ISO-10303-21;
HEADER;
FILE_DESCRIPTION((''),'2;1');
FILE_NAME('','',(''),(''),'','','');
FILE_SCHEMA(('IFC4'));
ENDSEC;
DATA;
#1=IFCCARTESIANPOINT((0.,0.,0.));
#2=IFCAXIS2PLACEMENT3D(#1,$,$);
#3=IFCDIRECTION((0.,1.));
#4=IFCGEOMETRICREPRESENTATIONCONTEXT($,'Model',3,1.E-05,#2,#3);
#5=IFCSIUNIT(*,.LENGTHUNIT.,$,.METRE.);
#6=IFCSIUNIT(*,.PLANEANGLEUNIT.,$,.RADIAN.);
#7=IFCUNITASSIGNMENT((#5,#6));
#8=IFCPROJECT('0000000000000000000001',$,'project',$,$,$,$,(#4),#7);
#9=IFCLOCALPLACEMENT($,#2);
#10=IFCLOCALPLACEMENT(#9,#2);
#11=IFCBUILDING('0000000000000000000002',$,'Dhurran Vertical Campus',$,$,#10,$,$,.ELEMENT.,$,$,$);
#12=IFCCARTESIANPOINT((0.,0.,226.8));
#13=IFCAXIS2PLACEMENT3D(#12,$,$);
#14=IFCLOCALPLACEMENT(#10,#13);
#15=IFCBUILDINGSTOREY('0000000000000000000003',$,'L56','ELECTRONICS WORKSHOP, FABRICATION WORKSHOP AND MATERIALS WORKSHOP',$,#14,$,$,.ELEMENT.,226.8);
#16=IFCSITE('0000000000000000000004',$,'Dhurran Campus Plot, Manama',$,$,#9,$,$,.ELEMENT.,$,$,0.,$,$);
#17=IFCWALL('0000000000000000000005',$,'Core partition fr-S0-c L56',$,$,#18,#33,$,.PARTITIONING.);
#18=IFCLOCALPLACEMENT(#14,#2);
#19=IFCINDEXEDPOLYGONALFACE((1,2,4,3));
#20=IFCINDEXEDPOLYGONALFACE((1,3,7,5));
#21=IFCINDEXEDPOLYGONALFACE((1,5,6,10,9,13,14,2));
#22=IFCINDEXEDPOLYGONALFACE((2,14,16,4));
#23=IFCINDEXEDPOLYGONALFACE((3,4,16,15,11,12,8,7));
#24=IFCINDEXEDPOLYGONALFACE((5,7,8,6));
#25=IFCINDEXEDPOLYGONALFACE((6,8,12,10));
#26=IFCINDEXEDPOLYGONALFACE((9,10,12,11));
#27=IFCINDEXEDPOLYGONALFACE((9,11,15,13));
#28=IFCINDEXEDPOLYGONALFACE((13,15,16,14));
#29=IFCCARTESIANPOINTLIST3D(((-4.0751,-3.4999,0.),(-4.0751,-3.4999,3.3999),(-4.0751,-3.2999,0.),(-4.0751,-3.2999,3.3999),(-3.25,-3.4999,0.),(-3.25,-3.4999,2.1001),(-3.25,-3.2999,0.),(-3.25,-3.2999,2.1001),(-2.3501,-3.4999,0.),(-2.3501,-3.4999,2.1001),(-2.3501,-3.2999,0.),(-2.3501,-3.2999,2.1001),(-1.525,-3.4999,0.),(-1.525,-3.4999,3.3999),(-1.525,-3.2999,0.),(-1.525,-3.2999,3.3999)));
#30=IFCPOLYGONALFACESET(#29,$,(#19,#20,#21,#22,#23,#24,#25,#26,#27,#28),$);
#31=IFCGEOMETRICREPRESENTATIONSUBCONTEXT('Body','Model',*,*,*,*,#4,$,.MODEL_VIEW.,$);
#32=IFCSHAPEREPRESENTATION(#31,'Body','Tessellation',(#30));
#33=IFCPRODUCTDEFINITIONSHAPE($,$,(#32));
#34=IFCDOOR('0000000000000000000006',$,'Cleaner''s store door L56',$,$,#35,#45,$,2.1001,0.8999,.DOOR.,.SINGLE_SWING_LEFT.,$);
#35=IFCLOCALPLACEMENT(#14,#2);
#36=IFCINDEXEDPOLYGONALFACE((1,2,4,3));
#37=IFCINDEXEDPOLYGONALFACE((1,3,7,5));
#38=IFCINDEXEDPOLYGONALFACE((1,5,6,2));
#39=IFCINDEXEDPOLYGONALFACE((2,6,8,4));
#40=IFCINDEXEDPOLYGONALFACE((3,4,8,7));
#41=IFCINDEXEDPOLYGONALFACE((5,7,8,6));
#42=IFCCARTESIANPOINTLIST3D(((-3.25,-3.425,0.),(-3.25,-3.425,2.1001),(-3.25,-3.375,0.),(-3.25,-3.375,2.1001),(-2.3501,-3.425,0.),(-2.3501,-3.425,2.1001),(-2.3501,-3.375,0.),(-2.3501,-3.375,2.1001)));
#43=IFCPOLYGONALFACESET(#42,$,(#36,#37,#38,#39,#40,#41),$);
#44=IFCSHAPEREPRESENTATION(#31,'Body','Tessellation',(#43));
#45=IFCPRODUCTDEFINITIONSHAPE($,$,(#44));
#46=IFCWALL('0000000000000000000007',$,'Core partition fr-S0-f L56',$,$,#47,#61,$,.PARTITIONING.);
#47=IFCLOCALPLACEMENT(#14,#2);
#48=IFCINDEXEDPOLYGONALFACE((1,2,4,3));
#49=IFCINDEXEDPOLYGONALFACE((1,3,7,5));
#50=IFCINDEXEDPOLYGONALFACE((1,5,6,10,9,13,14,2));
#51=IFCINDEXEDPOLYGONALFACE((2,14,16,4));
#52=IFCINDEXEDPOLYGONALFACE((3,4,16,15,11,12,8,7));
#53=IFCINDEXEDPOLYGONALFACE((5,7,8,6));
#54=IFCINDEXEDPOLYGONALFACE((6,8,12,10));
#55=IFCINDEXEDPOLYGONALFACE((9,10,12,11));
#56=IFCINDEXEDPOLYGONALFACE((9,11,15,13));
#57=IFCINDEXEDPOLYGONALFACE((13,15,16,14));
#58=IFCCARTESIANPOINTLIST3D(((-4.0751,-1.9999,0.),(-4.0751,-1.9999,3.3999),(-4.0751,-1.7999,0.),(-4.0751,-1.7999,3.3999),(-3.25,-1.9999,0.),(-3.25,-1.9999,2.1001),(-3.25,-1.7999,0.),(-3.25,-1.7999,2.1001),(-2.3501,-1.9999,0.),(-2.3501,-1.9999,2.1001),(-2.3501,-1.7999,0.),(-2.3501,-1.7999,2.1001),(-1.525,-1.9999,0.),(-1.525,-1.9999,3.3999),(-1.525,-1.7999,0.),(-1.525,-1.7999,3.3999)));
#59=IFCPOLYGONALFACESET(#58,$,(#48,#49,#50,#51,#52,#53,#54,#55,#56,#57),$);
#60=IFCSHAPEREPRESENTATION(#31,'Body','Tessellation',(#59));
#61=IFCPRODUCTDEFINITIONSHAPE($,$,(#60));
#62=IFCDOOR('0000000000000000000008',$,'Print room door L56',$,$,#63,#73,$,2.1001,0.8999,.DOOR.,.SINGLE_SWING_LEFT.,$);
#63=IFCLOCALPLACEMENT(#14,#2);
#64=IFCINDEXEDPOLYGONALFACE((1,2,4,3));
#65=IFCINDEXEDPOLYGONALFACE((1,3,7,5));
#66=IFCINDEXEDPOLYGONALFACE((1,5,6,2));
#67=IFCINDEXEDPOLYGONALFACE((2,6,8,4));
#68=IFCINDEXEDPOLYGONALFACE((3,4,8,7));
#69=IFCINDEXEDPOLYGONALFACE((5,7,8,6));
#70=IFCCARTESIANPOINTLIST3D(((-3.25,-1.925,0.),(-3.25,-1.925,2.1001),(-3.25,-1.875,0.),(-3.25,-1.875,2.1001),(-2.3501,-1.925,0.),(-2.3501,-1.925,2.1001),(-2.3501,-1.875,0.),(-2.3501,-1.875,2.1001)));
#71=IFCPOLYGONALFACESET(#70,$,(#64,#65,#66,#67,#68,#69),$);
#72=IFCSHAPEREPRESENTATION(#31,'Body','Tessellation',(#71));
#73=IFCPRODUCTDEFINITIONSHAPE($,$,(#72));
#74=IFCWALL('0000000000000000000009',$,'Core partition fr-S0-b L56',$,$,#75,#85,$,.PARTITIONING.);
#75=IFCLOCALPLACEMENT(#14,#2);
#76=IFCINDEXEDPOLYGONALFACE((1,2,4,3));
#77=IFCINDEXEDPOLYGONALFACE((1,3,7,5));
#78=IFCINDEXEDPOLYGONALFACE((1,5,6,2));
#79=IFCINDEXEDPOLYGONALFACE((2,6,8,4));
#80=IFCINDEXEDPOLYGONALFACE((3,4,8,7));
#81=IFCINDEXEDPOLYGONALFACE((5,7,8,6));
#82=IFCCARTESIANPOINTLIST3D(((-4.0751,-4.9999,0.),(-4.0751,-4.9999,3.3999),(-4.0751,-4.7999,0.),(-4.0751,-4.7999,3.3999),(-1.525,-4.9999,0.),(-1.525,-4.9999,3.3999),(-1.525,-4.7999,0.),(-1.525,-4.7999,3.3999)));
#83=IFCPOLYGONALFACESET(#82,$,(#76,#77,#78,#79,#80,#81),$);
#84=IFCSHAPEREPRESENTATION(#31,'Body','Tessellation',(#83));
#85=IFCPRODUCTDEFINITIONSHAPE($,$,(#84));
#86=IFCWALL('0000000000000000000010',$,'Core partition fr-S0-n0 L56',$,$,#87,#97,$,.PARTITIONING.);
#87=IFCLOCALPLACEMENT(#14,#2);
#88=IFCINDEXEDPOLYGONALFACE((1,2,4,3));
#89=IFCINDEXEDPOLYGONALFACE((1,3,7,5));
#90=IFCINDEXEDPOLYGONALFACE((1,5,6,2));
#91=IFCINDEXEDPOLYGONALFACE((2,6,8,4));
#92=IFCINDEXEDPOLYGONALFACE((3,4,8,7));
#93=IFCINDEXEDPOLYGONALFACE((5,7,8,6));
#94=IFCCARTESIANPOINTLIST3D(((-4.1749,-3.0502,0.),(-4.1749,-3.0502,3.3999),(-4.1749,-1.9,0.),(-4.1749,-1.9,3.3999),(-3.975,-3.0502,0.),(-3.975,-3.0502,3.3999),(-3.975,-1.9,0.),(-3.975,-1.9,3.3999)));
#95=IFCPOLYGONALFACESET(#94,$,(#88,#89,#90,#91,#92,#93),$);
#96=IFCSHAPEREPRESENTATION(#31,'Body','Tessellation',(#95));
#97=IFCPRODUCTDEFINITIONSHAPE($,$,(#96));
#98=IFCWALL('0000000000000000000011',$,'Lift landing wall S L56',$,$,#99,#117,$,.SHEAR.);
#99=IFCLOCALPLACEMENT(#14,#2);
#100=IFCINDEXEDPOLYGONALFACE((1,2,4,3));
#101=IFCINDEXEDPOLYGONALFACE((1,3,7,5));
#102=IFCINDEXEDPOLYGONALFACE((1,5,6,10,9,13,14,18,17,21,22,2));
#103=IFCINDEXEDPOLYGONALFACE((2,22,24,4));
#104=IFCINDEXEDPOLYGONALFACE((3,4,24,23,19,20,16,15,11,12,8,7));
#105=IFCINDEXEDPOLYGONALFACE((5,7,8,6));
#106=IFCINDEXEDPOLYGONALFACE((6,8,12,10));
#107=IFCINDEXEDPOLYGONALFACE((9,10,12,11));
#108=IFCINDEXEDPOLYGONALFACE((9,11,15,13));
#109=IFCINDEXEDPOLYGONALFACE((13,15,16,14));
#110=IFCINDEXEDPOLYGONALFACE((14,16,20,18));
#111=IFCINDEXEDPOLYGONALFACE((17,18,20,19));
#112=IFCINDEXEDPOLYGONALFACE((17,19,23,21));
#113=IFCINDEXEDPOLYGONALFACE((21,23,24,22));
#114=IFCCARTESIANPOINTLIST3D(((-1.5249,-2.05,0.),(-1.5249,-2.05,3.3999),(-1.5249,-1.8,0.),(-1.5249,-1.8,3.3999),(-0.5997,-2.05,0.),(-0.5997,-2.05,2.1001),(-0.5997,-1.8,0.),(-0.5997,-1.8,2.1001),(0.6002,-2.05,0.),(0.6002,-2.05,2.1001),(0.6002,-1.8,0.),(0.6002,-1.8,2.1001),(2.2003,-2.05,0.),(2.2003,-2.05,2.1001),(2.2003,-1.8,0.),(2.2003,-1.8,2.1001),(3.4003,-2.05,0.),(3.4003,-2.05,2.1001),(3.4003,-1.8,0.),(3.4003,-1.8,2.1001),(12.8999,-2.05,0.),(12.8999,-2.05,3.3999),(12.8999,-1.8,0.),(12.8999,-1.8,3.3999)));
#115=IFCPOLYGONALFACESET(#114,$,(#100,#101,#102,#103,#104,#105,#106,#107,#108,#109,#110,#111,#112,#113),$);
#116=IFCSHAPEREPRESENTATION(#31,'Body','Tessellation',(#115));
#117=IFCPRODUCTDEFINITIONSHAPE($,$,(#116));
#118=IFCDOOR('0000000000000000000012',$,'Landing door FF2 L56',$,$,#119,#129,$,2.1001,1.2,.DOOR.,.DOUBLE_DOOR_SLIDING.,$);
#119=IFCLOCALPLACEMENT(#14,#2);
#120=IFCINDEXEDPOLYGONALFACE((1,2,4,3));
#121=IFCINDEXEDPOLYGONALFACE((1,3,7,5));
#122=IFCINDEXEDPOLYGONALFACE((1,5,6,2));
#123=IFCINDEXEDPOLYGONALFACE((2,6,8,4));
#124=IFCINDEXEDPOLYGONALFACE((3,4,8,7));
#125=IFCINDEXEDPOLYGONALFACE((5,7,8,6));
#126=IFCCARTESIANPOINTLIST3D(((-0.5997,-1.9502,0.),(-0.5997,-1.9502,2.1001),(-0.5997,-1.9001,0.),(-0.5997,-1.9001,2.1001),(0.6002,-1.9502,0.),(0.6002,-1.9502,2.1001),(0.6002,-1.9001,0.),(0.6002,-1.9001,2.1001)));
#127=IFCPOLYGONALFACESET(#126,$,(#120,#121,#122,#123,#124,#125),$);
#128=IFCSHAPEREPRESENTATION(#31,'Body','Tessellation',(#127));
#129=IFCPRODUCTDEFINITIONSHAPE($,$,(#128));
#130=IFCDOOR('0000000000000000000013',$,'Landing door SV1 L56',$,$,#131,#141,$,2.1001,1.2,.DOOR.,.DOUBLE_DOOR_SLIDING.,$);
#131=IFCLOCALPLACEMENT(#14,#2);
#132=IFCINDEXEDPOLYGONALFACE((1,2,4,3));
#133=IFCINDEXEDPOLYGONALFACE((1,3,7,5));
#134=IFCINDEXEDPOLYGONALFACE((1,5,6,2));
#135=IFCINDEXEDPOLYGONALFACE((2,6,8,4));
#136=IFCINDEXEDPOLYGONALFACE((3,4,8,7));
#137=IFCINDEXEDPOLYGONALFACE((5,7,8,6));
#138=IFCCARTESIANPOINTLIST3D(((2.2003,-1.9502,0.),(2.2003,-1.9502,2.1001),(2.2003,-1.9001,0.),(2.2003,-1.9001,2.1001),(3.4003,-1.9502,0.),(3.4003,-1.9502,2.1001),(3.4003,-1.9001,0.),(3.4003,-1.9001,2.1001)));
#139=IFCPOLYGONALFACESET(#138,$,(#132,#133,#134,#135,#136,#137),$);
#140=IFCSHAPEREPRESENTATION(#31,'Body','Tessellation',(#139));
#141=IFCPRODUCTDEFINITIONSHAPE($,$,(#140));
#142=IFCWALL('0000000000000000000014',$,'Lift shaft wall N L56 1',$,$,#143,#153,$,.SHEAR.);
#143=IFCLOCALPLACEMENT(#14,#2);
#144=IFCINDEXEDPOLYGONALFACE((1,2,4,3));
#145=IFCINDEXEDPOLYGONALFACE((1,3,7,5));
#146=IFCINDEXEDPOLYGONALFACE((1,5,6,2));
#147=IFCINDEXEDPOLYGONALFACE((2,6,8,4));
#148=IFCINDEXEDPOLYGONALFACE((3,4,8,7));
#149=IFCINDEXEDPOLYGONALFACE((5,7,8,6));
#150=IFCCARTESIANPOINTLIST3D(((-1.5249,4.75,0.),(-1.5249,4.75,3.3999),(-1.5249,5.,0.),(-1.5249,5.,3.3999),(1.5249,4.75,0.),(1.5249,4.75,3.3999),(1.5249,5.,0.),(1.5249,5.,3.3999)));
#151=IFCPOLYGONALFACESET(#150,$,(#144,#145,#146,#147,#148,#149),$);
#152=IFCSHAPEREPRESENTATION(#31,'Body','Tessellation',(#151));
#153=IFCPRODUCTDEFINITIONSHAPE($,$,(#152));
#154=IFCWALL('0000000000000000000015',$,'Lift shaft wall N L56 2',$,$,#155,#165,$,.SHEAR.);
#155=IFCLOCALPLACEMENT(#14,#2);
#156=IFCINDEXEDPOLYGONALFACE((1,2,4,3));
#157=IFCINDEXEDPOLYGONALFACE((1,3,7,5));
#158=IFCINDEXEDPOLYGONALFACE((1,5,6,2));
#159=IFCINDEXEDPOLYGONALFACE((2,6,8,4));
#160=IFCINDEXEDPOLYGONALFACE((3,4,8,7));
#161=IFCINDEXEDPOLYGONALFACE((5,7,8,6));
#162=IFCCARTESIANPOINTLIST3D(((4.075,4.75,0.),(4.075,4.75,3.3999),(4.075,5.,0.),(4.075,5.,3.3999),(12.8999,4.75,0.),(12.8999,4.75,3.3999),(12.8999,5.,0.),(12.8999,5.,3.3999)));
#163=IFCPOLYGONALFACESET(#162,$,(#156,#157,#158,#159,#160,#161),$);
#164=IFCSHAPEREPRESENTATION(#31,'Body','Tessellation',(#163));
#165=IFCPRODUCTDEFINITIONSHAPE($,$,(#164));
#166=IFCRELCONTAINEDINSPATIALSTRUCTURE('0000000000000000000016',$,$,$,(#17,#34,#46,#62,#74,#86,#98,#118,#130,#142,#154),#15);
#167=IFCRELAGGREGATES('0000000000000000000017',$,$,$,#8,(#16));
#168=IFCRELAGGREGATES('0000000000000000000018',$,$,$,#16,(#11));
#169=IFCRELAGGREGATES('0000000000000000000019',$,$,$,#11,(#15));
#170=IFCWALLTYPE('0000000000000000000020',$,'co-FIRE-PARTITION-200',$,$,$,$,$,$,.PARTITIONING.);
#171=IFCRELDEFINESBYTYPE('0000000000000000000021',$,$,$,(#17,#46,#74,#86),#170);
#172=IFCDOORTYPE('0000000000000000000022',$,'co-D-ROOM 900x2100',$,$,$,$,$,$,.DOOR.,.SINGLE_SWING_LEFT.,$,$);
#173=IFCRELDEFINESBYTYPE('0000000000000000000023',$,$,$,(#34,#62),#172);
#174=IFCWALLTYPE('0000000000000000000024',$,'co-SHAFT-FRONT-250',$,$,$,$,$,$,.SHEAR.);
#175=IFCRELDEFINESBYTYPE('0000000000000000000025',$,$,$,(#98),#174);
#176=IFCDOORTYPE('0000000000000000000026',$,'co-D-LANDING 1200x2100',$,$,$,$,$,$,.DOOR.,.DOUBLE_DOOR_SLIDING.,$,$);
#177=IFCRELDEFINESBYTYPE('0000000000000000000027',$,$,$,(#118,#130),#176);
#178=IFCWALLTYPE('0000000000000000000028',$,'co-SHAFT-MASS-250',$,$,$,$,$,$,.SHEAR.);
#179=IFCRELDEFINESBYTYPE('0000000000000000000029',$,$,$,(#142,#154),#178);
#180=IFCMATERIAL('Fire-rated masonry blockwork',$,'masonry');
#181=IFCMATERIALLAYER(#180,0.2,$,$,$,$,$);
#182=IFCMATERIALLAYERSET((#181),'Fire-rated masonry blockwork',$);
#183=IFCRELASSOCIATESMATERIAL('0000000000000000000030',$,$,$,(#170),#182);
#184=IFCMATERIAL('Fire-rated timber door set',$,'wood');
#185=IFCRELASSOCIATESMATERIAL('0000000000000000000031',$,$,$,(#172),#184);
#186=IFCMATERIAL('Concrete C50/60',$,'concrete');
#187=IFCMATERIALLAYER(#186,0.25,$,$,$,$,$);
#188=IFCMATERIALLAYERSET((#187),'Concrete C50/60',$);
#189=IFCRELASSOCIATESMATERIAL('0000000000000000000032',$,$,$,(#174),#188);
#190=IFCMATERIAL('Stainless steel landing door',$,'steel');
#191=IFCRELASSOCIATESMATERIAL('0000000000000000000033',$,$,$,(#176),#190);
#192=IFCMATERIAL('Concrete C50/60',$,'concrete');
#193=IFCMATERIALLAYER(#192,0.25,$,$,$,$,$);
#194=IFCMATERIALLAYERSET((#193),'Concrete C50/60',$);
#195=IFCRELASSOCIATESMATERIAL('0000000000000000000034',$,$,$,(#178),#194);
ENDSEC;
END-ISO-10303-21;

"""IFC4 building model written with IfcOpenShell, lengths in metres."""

from ifc_helpers import new_model, si_unit, direction, frame, frame_2d, origin, place, context, subcontext, project, spatial, polyline, rectangle, outline, extrude, material, layer, layer_set, type_object, element, fill, save


model = new_model("IFC4")

# Units and contexts
model_context = context("Model", 3, precision=1e-05, world=origin(), true_north=direction((0.0, 1.0)))
body_context = subcontext(model_context, "Body", "Model", "MODEL_VIEW")
ifc_project = project(units=[si_unit("LENGTHUNIT", "METRE"), si_unit("PLANEANGLEUNIT", "RADIAN")], contexts=[model_context])

# Site, building, storey
site_placement = place(None, origin())
site = spatial("IfcSite", under=ifc_project, at=site_placement, Name="Dhurran Campus Plot, Manama", CompositionType="ELEMENT", RefElevation=0.0)
building_placement = place(site_placement, origin())
building = spatial("IfcBuilding", under=site, at=building_placement, Name="Dhurran Vertical Campus", CompositionType="ELEMENT")
storey_placement = place(building_placement, frame((0.0, 0.0, 226.8)))
storey = spatial("IfcBuildingStorey", under=building, at=storey_placement, Name="L56", Description="ELECTRONICS WORKSHOP, FABRICATION WORKSHOP AND MATERIALS WORKSHOP", CompositionType="ELEMENT", Elevation=226.8)

# Shared definitions
ifc_material_1 = material(Name="Fire-rated masonry blockwork", Category="masonry")
ifc_layer_1 = layer(ifc_material_1, 0.2)
ifc_layer_set_1 = layer_set([ifc_layer_1], Name="Fire-rated masonry blockwork")
wall_type_1 = type_object("IfcWallType", Name="co-FIRE-PARTITION-200", PredefinedType="PARTITIONING", material=ifc_layer_set_1)

# Walls, openings, doors
wall_1_placement = place(storey_placement, frame((-4.075, -3.3999, 0.0), z_axis=(0.0, 0.0, 1.0), x_axis=(1.0, 0.0, 0.0)))
wall_1 = element("IfcWall", 1, at=wall_1_placement, inside=storey, type_object=wall_type_1, Name="Core partition fr-S0-c L56", PredefinedType="PARTITIONING", context=body_context, shape_type="SweptSolid", body=[
    extrude(rectangle(XDim=2.55, YDim=0.2, at=frame_2d((1.2749, 0.0))), origin(), (0.0, 0.0, 1.0), 3.3999),
])
opening_1_placement = place(wall_1_placement, frame((0.825, 0.0, 0.0)))
opening_1 = element("IfcOpeningElement", 2, at=opening_1_placement, cuts=wall_1, PredefinedType="OPENING", context=body_context, shape_type="SweptSolid", body=[
    extrude(rectangle(XDim=0.8999, YDim=2.1001, at=frame_2d((0.45, 1.05))), frame((0.0, 0.1099, 0.0), z_axis=(0.0, -1.0, 0.0), x_axis=(1.0, 0.0, 0.0)), (0.0, 0.0, 1.0), 0.22),
])
ifc_material_2 = material(Name="Fire-rated timber door set", Category="wood")
door_type_1 = type_object("IfcDoorType", Name="co-D-ROOM 900x2100", OperationType="SINGLE_SWING_LEFT", PredefinedType="DOOR", material=ifc_material_2)
door_1_placement = place(opening_1_placement, origin())
door_1 = element("IfcDoor", 3, at=door_1_placement, inside=storey, type_object=door_type_1, Name="Cleaner's store door L56", OperationType="SINGLE_SWING_LEFT", OverallHeight=2.1001, OverallWidth=0.8999, PredefinedType="DOOR", context=body_context, shape_type="SweptSolid", body=[
    extrude(rectangle(XDim=0.8999, YDim=2.1001, at=frame_2d((0.45, 1.05))), frame((0.0, 0.0249, 0.0), z_axis=(0.0, -1.0, 0.0), x_axis=(1.0, 0.0, 0.0)), (0.0, 0.0, 1.0), 0.05),
])
fill(opening_1, door_1)
wall_2_placement = place(storey_placement, frame((-4.075, -1.8999, 0.0), z_axis=(0.0, 0.0, 1.0), x_axis=(1.0, 0.0, 0.0)))
wall_2 = element("IfcWall", 4, at=wall_2_placement, inside=storey, type_object=wall_type_1, Name="Core partition fr-S0-f L56", PredefinedType="PARTITIONING", context=body_context, shape_type="SweptSolid", body=[
    extrude(rectangle(XDim=2.55, YDim=0.2, at=frame_2d((1.2749, 0.0))), origin(), (0.0, 0.0, 1.0), 3.3999),
])
opening_2_placement = place(wall_2_placement, frame((0.825, 0.0, 0.0)))
opening_2 = element("IfcOpeningElement", 5, at=opening_2_placement, cuts=wall_2, PredefinedType="OPENING", context=body_context, shape_type="SweptSolid", body=[
    extrude(rectangle(XDim=0.8999, YDim=2.1001, at=frame_2d((0.45, 1.05))), frame((0.0, 0.1099, 0.0), z_axis=(0.0, -1.0, 0.0), x_axis=(1.0, 0.0, 0.0)), (0.0, 0.0, 1.0), 0.22),
])
door_2_placement = place(opening_2_placement, origin())
door_2 = element("IfcDoor", 6, at=door_2_placement, inside=storey, type_object=door_type_1, Name="Print room door L56", OperationType="SINGLE_SWING_LEFT", OverallHeight=2.1001, OverallWidth=0.8999, PredefinedType="DOOR", context=body_context, shape_type="SweptSolid", body=[
    extrude(rectangle(XDim=0.8999, YDim=2.1001, at=frame_2d((0.45, 1.05))), frame((0.0, 0.0249, 0.0), z_axis=(0.0, -1.0, 0.0), x_axis=(1.0, 0.0, 0.0)), (0.0, 0.0, 1.0), 0.05),
])
fill(opening_2, door_2)

# Walls
wall_3_placement = place(storey_placement, frame((-4.075, -4.8999, 0.0), z_axis=(0.0, 0.0, 1.0), x_axis=(1.0, 0.0, 0.0)))
element("IfcWall", 7, at=wall_3_placement, inside=storey, type_object=wall_type_1, Name="Core partition fr-S0-b L56", PredefinedType="PARTITIONING", context=body_context, shape_type="SweptSolid", body=[
    extrude(rectangle(XDim=2.55, YDim=0.2, at=frame_2d((1.2749, 0.0))), origin(), (0.0, 0.0, 1.0), 3.3999),
])
wall_4_placement = place(storey_placement, frame((-4.075, -1.8999, 0.0), z_axis=(0.0, 0.0, 1.0), x_axis=(0.0, -1.0, 0.0)))
element("IfcWall", 8, at=wall_4_placement, inside=storey, type_object=wall_type_1, Name="Core partition fr-S0-n0 L56", PredefinedType="PARTITIONING", context=body_context, shape_type="SweptSolid", body=[
    extrude(rectangle(XDim=1.1501, YDim=0.2, at=frame_2d((0.5752, 0.0))), origin(), (0.0, 0.0, 1.0), 3.3999),
])

# Wall, openings, doors
ifc_material_3 = material(Name="Concrete C50/60", Category="concrete")
ifc_layer_2 = layer(ifc_material_3, 0.25)
ifc_layer_set_2 = layer_set([ifc_layer_2], Name="Concrete C50/60")
wall_type_2 = type_object("IfcWallType", Name="co-SHAFT-FRONT-250", PredefinedType="SHEAR", material=ifc_layer_set_2)
wall_5_placement = place(storey_placement, frame((-1.5249, -1.925, 0.0), z_axis=(0.0, 0.0, 1.0), x_axis=(1.0, 0.0, 0.0)))
wall_5 = element("IfcWall", 9, at=wall_5_placement, inside=storey, type_object=wall_type_2, Name="Lift landing wall S L56", PredefinedType="SHEAR", context=body_context, shape_type="SweptSolid", body=[
    extrude(rectangle(XDim=14.4248, YDim=0.25, at=frame_2d((7.2124, 0.0))), origin(), (0.0, 0.0, 1.0), 3.3999),
])
opening_3_placement = place(wall_5_placement, frame((0.925, 0.0, 0.0)))
opening_3 = element("IfcOpeningElement", 10, at=opening_3_placement, cuts=wall_5, PredefinedType="OPENING", context=body_context, shape_type="SweptSolid", body=[
    extrude(rectangle(XDim=1.2, YDim=2.1001, at=frame_2d((0.6001, 1.05))), frame((0.0, 0.135, 0.0), z_axis=(0.0, -1.0, 0.0), x_axis=(1.0, 0.0, 0.0)), (0.0, 0.0, 1.0), 0.27),
])
opening_4_placement = place(wall_5_placement, frame((3.7251, 0.0, 0.0)))
opening_4 = element("IfcOpeningElement", 11, at=opening_4_placement, cuts=wall_5, PredefinedType="OPENING", context=body_context, shape_type="SweptSolid", body=[
    extrude(rectangle(XDim=1.2, YDim=2.1001, at=frame_2d((0.6001, 1.05))), frame((0.0, 0.135, 0.0), z_axis=(0.0, -1.0, 0.0), x_axis=(1.0, 0.0, 0.0)), (0.0, 0.0, 1.0), 0.27),
])
ifc_material_4 = material(Name="Stainless steel landing door", Category="steel")
door_type_2 = type_object("IfcDoorType", Name="co-D-LANDING 1200x2100", OperationType="DOUBLE_DOOR_SLIDING", PredefinedType="DOOR", material=ifc_material_4)
door_3_placement = place(opening_3_placement, origin())
door_3 = element("IfcDoor", 12, at=door_3_placement, inside=storey, type_object=door_type_2, Name="Landing door FF2 L56", OperationType="DOUBLE_DOOR_SLIDING", OverallHeight=2.1001, OverallWidth=1.2, PredefinedType="DOOR", context=body_context, shape_type="SweptSolid", body=[
    extrude(rectangle(XDim=1.2, YDim=2.1001, at=frame_2d((0.6001, 1.05))), frame((0.0, 0.0249, 0.0), z_axis=(0.0, -1.0, 0.0), x_axis=(1.0, 0.0, 0.0)), (0.0, 0.0, 1.0), 0.05),
])
fill(opening_3, door_3)
door_4_placement = place(opening_4_placement, origin())
door_4 = element("IfcDoor", 13, at=door_4_placement, inside=storey, type_object=door_type_2, Name="Landing door SV1 L56", OperationType="DOUBLE_DOOR_SLIDING", OverallHeight=2.1001, OverallWidth=1.2, PredefinedType="DOOR", context=body_context, shape_type="SweptSolid", body=[
    extrude(rectangle(XDim=1.2, YDim=2.1001, at=frame_2d((0.6001, 1.05))), frame((0.0, 0.0249, 0.0), z_axis=(0.0, -1.0, 0.0), x_axis=(1.0, 0.0, 0.0)), (0.0, 0.0, 1.0), 0.05),
])
fill(opening_4, door_4)

# Walls
ifc_material_5 = material(Name="Concrete C50/60", Category="concrete")
ifc_layer_3 = layer(ifc_material_5, 0.25)
ifc_layer_set_3 = layer_set([ifc_layer_3], Name="Concrete C50/60")
wall_type_3 = type_object("IfcWallType", Name="co-SHAFT-MASS-250", PredefinedType="SHEAR", material=ifc_layer_set_3)
wall_6_placement = place(storey_placement, origin())
element("IfcWall", 14, at=wall_6_placement, inside=storey, type_object=wall_type_3, Name="Lift shaft wall N L56 1", PredefinedType="SHEAR", context=body_context, shape_type="SweptSolid", body=[
    extrude(outline(polyline([(-1.5249, 4.75), (1.5249, 4.75), (1.5249, 5.0), (-1.5249, 5.0), (-1.5249, 4.75)])), origin(), (0.0, 0.0, 1.0), 3.3999),
])
wall_7_placement = place(storey_placement, origin())
element("IfcWall", 15, at=wall_7_placement, inside=storey, type_object=wall_type_3, Name="Lift shaft wall N L56 2", PredefinedType="SHEAR", context=body_context, shape_type="SweptSolid", body=[
    extrude(outline(polyline([(4.075, 4.75), (12.8999, 4.75), (12.8999, 5.0), (4.075, 5.0), (4.075, 4.75)])), origin(), (0.0, 0.0, 1.0), 3.3999),
])

save(model, "model.ifc")
